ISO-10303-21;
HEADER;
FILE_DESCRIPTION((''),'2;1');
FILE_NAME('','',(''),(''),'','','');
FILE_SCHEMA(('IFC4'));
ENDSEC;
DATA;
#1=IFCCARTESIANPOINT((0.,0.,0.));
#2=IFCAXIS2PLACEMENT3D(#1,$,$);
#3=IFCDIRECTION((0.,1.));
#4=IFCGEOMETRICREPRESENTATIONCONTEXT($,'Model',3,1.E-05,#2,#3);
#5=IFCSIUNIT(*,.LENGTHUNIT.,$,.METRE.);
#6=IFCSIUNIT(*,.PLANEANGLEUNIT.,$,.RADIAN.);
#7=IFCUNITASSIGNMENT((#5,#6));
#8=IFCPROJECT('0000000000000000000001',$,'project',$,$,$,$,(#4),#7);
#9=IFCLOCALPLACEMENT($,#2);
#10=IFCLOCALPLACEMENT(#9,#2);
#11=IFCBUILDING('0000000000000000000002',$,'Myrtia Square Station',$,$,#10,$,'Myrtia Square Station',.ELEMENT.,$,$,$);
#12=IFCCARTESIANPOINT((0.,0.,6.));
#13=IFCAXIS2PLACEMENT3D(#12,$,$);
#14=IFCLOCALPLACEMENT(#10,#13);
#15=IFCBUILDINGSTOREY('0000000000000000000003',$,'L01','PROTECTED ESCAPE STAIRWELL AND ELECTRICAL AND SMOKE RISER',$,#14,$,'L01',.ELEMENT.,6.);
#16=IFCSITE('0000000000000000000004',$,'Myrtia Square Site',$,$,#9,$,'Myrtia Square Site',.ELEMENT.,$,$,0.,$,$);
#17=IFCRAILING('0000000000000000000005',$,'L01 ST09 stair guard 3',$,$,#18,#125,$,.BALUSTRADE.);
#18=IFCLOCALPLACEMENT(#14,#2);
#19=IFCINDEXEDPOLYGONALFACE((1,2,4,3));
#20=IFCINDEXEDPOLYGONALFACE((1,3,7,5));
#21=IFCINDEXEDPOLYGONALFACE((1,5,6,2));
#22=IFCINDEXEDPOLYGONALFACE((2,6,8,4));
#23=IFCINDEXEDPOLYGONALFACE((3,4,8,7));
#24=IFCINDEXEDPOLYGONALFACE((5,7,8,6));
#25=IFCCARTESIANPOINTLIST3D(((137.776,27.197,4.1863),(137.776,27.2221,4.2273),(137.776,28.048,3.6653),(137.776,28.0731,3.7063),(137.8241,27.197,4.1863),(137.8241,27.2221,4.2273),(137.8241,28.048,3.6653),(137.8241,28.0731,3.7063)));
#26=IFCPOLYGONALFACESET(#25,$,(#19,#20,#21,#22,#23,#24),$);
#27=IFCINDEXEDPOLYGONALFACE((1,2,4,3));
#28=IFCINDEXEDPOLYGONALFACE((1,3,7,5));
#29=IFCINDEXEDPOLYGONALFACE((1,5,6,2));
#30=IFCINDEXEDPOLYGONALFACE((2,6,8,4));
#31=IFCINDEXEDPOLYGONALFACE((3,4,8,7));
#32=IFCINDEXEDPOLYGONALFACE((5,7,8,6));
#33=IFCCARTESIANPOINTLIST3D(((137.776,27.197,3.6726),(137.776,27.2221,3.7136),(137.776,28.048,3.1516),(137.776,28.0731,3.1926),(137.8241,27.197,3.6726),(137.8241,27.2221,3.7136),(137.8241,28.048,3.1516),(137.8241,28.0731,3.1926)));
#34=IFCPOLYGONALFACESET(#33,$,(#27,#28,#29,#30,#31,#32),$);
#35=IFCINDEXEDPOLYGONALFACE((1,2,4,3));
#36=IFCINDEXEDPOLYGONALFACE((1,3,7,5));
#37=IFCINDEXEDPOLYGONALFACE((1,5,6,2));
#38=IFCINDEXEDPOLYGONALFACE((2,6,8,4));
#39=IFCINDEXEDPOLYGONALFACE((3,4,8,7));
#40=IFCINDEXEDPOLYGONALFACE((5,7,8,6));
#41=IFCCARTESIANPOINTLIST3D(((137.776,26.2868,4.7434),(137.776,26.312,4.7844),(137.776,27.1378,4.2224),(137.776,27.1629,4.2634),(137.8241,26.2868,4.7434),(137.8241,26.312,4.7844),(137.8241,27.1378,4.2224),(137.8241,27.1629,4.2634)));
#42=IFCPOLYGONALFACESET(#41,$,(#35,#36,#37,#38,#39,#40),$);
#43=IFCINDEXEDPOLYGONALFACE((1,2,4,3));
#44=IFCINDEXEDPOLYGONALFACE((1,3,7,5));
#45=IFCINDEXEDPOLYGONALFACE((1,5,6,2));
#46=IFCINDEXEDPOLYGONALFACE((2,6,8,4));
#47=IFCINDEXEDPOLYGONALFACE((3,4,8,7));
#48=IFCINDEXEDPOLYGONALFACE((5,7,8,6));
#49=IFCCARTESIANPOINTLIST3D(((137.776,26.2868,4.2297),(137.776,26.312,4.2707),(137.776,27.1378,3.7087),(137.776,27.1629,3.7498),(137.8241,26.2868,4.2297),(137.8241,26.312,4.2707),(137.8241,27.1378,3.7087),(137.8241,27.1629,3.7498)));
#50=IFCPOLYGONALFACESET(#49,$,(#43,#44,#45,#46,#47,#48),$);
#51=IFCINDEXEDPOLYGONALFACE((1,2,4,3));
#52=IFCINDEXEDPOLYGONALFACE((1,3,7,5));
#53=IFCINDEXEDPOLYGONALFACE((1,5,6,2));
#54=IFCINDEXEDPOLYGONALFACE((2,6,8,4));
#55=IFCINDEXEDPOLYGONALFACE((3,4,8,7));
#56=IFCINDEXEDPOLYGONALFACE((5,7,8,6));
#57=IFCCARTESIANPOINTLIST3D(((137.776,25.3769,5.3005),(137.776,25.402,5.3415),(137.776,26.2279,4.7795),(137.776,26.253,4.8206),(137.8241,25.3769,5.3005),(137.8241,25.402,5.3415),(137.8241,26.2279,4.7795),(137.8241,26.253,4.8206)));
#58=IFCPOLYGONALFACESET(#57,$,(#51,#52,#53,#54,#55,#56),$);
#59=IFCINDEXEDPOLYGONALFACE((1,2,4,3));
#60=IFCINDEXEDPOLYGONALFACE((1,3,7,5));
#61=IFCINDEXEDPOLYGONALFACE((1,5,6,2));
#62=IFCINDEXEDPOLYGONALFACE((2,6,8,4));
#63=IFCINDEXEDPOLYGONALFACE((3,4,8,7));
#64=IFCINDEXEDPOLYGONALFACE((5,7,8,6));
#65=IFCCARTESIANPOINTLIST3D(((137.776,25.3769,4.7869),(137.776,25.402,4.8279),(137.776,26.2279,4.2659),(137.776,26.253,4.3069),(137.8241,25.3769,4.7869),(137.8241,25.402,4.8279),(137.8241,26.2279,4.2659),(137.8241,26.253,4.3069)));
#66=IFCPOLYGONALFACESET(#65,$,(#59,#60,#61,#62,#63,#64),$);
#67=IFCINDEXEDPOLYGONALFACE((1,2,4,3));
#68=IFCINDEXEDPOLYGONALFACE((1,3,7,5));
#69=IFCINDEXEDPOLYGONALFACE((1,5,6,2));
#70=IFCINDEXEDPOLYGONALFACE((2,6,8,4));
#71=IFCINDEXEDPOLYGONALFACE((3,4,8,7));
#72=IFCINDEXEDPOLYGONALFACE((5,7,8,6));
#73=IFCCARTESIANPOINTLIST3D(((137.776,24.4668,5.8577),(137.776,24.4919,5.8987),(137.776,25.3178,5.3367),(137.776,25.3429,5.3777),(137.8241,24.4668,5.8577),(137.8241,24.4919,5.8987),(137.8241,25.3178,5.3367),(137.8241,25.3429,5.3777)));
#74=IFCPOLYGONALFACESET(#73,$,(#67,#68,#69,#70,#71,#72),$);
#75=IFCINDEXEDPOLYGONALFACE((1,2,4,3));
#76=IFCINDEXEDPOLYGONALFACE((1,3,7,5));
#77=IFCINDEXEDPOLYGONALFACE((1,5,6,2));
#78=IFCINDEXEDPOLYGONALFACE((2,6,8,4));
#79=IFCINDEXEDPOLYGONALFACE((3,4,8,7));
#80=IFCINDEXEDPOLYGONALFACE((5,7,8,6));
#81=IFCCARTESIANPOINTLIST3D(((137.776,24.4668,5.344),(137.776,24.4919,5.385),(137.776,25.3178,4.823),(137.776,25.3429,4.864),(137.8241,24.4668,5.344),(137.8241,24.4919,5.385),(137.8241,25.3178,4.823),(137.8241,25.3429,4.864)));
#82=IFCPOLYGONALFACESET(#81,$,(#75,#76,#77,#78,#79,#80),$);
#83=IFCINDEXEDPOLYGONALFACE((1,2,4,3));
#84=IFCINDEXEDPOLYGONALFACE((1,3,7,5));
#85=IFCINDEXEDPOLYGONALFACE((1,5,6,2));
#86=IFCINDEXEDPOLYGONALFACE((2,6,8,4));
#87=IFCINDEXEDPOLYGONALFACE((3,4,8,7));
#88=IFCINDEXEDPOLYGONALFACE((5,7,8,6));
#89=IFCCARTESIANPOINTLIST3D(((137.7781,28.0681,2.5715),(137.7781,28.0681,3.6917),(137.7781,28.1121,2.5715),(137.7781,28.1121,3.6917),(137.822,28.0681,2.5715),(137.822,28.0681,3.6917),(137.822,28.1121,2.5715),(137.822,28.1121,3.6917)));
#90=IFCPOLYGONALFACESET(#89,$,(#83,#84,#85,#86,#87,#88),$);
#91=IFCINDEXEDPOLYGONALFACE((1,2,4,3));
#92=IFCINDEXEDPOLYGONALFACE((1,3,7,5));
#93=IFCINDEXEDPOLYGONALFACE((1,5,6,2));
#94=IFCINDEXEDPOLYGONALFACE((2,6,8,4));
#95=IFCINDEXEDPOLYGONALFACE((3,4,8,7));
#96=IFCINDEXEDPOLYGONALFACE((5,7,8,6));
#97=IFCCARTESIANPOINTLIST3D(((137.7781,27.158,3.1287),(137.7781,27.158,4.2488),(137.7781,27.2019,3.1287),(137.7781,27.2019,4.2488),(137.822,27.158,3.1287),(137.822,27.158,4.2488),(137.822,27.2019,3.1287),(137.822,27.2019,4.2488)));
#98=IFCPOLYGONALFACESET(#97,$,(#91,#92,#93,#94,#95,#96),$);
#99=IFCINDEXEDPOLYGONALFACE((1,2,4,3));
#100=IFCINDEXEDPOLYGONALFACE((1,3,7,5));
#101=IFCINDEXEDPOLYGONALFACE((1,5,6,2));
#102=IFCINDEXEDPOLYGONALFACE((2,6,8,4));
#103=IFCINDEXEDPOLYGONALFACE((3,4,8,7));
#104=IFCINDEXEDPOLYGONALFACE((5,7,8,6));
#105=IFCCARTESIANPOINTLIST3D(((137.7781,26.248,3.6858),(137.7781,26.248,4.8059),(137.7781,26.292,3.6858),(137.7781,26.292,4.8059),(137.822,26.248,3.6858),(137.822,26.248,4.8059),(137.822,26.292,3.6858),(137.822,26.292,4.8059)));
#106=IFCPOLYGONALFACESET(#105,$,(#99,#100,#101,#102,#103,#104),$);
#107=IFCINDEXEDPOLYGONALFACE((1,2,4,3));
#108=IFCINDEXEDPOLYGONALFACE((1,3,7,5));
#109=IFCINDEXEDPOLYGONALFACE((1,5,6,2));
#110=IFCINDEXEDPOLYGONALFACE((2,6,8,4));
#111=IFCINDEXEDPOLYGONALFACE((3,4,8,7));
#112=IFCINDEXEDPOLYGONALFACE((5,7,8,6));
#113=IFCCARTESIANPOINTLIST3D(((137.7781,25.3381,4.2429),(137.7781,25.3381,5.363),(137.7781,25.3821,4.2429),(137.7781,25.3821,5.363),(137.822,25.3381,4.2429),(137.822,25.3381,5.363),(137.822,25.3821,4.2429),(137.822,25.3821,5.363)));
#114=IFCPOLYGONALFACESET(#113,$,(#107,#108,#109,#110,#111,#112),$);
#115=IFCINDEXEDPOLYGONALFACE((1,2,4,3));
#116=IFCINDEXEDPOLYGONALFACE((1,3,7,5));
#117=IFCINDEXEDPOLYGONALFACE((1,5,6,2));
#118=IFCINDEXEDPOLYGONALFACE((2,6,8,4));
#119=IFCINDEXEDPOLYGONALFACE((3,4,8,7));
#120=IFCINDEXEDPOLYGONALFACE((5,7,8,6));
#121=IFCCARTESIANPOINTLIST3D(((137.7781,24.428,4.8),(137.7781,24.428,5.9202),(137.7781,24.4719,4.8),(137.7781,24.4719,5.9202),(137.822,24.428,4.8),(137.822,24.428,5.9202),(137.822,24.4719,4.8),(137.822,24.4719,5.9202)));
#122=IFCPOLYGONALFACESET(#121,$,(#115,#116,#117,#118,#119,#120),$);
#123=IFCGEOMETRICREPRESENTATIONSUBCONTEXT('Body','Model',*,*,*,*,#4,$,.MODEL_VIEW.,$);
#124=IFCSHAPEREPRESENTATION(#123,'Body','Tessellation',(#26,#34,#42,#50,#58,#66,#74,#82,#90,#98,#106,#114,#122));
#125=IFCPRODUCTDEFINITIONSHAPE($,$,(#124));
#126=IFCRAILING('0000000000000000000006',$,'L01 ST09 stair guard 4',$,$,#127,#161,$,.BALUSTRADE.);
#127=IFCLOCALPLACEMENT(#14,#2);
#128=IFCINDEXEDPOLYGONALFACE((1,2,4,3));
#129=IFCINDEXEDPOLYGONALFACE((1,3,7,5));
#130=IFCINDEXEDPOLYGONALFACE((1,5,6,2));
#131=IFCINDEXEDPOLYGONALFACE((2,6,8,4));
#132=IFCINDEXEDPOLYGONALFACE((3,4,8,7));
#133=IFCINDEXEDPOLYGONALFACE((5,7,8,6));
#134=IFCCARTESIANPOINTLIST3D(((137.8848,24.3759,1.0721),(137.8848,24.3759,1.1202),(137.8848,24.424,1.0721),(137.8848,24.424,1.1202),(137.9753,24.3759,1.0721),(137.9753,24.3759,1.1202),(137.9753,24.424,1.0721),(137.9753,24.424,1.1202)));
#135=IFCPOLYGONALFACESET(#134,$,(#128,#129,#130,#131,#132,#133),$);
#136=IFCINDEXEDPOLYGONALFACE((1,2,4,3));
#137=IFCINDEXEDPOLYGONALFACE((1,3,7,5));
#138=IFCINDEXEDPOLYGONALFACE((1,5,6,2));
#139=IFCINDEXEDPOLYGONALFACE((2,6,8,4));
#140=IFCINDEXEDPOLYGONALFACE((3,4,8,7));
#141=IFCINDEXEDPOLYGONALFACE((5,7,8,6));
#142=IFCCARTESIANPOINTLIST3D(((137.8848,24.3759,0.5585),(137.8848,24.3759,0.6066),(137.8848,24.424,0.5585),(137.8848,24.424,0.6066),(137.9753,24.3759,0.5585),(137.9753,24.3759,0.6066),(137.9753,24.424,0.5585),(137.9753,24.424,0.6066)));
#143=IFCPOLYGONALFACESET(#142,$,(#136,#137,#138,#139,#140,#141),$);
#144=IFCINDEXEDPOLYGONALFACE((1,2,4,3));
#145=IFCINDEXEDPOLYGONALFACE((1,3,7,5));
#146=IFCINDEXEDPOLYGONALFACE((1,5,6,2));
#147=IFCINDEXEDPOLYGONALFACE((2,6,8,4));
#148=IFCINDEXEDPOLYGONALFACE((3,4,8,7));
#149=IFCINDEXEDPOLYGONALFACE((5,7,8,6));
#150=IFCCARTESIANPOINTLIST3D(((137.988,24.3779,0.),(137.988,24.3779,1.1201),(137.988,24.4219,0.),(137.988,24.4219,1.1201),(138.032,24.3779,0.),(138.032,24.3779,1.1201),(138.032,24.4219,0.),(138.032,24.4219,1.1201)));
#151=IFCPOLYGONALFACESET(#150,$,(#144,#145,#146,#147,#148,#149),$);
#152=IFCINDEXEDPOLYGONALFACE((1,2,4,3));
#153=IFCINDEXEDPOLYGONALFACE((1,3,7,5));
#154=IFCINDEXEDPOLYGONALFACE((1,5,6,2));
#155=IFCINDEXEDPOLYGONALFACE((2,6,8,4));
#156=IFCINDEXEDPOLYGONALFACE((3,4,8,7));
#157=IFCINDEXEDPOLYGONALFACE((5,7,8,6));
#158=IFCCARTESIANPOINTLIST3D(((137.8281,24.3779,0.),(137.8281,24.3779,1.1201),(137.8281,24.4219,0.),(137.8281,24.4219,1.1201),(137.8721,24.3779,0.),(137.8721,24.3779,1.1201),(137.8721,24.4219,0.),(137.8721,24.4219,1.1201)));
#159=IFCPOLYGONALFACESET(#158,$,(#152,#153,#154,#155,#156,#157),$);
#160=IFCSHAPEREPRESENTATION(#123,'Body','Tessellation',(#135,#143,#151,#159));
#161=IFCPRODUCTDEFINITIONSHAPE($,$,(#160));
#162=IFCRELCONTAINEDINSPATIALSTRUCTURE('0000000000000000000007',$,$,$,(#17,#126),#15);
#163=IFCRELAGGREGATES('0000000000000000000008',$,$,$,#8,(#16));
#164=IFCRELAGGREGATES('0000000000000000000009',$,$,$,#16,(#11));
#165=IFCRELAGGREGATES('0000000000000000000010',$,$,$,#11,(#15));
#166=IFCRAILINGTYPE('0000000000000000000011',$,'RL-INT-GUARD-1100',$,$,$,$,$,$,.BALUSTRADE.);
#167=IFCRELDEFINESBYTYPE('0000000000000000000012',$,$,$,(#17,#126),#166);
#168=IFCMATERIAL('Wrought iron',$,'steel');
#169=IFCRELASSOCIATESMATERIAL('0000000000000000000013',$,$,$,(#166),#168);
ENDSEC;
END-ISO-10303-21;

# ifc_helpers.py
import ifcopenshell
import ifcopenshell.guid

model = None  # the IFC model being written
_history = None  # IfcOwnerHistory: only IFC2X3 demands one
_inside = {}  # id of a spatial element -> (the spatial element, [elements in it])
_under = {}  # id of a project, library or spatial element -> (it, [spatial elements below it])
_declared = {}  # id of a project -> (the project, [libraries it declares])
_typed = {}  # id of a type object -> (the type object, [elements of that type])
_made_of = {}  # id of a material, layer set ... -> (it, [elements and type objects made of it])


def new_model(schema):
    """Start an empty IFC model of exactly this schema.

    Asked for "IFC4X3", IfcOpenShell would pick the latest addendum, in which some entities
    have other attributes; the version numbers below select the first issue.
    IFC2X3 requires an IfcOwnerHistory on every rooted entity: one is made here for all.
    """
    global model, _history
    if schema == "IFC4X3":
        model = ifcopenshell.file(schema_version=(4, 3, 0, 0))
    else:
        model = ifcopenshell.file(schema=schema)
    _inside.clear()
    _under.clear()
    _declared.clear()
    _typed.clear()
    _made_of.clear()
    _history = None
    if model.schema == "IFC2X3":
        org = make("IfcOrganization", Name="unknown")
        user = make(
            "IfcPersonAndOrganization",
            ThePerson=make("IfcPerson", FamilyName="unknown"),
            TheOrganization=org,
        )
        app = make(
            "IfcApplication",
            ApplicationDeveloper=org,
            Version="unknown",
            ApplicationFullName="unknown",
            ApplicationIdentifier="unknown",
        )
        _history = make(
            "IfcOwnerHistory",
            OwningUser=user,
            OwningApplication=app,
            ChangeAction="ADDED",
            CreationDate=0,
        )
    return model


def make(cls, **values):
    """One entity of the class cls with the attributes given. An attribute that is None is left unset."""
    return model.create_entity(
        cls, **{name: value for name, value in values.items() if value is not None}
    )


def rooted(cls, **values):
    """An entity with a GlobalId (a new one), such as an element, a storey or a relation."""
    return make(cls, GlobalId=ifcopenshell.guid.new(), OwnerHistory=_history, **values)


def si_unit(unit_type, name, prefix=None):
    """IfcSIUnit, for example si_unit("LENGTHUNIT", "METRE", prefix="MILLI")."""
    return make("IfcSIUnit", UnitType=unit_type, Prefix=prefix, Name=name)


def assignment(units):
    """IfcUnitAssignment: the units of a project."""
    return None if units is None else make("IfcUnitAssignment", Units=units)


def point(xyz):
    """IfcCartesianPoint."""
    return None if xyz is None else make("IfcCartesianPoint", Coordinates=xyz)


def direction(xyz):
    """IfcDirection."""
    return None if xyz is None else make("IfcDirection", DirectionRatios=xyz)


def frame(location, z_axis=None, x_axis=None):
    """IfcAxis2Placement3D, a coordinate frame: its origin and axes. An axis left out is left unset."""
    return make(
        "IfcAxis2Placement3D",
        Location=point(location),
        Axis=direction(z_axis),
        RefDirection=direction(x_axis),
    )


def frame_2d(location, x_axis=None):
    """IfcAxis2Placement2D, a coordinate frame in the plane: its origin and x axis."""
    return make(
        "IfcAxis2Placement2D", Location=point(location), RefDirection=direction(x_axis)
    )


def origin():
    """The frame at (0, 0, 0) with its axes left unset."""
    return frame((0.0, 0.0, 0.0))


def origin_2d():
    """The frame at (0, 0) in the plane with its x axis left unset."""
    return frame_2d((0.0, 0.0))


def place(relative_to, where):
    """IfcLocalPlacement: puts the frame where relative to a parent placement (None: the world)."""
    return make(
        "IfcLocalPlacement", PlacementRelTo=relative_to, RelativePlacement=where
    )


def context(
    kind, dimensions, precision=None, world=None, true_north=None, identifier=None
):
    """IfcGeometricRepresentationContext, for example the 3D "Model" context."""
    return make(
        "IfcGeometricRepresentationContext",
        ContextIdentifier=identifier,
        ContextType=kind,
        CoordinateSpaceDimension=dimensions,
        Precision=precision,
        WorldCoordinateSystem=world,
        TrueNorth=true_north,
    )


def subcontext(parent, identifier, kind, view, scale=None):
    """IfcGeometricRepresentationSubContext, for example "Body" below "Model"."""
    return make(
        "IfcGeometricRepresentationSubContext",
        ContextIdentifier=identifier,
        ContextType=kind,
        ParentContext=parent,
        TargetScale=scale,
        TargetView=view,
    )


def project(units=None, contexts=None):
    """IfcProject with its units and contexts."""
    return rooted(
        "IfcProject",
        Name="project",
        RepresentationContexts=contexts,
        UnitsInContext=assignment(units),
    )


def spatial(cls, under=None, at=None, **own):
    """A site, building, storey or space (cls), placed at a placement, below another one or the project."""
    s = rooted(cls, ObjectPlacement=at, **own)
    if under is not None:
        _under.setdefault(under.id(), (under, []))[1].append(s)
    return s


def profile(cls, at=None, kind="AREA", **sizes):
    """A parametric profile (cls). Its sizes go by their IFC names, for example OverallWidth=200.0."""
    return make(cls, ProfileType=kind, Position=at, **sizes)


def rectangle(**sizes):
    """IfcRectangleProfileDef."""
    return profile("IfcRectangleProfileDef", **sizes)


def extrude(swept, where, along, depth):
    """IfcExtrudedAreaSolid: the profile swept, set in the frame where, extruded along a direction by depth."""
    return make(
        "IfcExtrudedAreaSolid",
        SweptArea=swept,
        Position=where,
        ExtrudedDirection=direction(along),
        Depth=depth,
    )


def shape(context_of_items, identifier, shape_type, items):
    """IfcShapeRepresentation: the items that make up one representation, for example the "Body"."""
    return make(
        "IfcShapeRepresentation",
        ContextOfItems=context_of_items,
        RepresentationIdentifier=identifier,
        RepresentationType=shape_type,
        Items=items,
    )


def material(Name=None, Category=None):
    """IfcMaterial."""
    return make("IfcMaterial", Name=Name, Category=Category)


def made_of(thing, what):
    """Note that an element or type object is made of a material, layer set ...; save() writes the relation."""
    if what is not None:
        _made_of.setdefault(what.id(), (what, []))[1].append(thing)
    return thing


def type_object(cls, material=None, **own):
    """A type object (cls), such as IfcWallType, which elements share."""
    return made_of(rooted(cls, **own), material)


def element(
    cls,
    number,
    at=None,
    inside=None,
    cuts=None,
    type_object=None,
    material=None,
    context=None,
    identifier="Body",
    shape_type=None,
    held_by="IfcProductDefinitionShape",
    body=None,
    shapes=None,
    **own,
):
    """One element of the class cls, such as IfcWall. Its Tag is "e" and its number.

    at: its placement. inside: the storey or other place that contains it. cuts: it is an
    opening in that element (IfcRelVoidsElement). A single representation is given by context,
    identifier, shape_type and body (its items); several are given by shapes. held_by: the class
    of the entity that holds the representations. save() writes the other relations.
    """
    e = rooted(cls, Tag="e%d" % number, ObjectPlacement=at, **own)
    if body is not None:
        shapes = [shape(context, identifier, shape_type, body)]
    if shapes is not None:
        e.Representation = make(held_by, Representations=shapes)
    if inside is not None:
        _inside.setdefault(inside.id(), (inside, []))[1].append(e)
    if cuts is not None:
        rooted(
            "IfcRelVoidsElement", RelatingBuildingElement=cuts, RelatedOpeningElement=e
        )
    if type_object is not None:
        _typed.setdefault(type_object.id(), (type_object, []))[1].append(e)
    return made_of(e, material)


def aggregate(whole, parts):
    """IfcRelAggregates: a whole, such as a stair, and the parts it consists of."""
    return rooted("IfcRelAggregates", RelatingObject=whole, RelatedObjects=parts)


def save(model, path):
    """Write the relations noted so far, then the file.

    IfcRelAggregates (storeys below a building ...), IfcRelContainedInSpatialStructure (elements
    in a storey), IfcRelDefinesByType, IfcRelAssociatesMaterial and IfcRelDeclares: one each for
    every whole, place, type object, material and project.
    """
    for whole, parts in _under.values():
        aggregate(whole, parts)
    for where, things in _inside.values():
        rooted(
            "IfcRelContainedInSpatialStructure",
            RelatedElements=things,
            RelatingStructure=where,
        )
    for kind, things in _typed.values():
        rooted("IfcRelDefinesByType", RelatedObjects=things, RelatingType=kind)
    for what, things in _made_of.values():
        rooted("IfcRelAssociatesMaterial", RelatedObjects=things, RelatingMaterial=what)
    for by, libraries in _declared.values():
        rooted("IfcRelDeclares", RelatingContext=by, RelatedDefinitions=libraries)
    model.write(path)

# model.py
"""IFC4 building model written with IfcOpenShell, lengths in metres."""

from ifc_helpers import new_model, si_unit, direction, frame, origin, origin_2d, place, context, subcontext, project, spatial, rectangle, extrude, material, type_object, element, save


model = new_model("IFC4")

# Units and contexts
model_context = context("Model", 3, precision=1e-05, world=origin(), true_north=direction((0.0, 1.0)))
body_context = subcontext(model_context, "Body", "Model", "MODEL_VIEW")
ifc_project = project(units=[si_unit("LENGTHUNIT", "METRE"), si_unit("PLANEANGLEUNIT", "RADIAN")], contexts=[model_context])

# Site, building, storey
site_placement = place(None, origin())
site = spatial("IfcSite", under=ifc_project, at=site_placement, Name="Myrtia Square Site", LongName="Myrtia Square Site", CompositionType="ELEMENT", RefElevation=0.0)
building_placement = place(site_placement, origin())
building = spatial("IfcBuilding", under=site, at=building_placement, Name="Myrtia Square Station", LongName="Myrtia Square Station", CompositionType="ELEMENT")
storey_placement = place(building_placement, frame((0.0, 0.0, 6.0)))
storey = spatial("IfcBuildingStorey", under=building, at=storey_placement, Name="L01", Description="PROTECTED ESCAPE STAIRWELL AND ELECTRICAL AND SMOKE RISER", LongName="L01", CompositionType="ELEMENT", Elevation=6.0)

# Railings
ifc_material_1 = material(Name="Wrought iron", Category="steel")
railing_type_1 = type_object("IfcRailingType", Name="RL-INT-GUARD-1100", PredefinedType="BALUSTRADE", material=ifc_material_1)
railing_1_placement = place(storey_placement, frame((137.8, 28.0901, 2.5715)))
element("IfcRailing", 1, at=railing_1_placement, inside=storey, type_object=railing_type_1, Name="L01 ST09 stair guard 3", PredefinedType="BALUSTRADE", context=body_context, shape_type="SweptSolid", body=[
    extrude(rectangle(XDim=0.0481, YDim=0.0481, at=origin_2d()), frame((0.0, -0.0295, 1.1143), z_axis=(0.0, -0.852866, 0.52213), x_axis=(1.0, 0.0, 0.0)), (0.0, 0.0, 1.0), 0.9978),
    extrude(rectangle(XDim=0.0481, YDim=0.0481, at=origin_2d()), frame((0.0, -0.0295, 0.6006), z_axis=(0.0, -0.852866, 0.52213), x_axis=(1.0, 0.0, 0.0)), (0.0, 0.0, 1.0), 0.9978),
    extrude(rectangle(XDim=0.0481, YDim=0.0481, at=origin_2d()), frame((0.0, -0.9397, 1.6714), z_axis=(0.0, -0.852866, 0.52213), x_axis=(1.0, 0.0, 0.0)), (0.0, 0.0, 1.0), 0.9978),
    extrude(rectangle(XDim=0.0481, YDim=0.0481, at=origin_2d()), frame((0.0, -0.9397, 1.1577), z_axis=(0.0, -0.852866, 0.52213), x_axis=(1.0, 0.0, 0.0)), (0.0, 0.0, 1.0), 0.9978),
    extrude(rectangle(XDim=0.0481, YDim=0.0481, at=origin_2d()), frame((0.0, -1.8496, 2.2285), z_axis=(0.0, -0.852866, 0.52213), x_axis=(1.0, 0.0, 0.0)), (0.0, 0.0, 1.0), 0.9978),
    extrude(rectangle(XDim=0.0481, YDim=0.0481, at=origin_2d()), frame((0.0, -1.8496, 1.7148), z_axis=(0.0, -0.852866, 0.52213), x_axis=(1.0, 0.0, 0.0)), (0.0, 0.0, 1.0), 0.9978),
    extrude(rectangle(XDim=0.0481, YDim=0.0481, at=origin_2d()), frame((0.0, -2.7598, 2.7856), z_axis=(0.0, -0.852866, 0.52213), x_axis=(1.0, 0.0, 0.0)), (0.0, 0.0, 1.0), 0.9978),
    extrude(rectangle(XDim=0.0481, YDim=0.0481, at=origin_2d()), frame((0.0, -2.7598, 2.272), z_axis=(0.0, -0.852866, 0.52213), x_axis=(1.0, 0.0, 0.0)), (0.0, 0.0, 1.0), 0.9978),
    extrude(rectangle(XDim=0.0439, YDim=0.0439, at=origin_2d()), origin(), (0.0, 0.0, 1.0), 1.1201),
    extrude(rectangle(XDim=0.0439, YDim=0.0439, at=origin_2d()), frame((0.0, -0.9102, 0.5571)), (0.0, 0.0, 1.0), 1.1201),
    extrude(rectangle(XDim=0.0439, YDim=0.0439, at=origin_2d()), frame((0.0, -1.8201, 1.1143)), (0.0, 0.0, 1.0), 1.1201),
    extrude(rectangle(XDim=0.0439, YDim=0.0439, at=origin_2d()), frame((0.0, -2.73, 1.6714)), (0.0, 0.0, 1.0), 1.1201),
    extrude(rectangle(XDim=0.0439, YDim=0.0439, at=origin_2d()), frame((0.0, -3.6401, 2.2285)), (0.0, 0.0, 1.0), 1.1201),
])
railing_2_placement = place(storey_placement, frame((138.01, 24.3999, 0.0)))
element("IfcRailing", 2, at=railing_2_placement, inside=storey, type_object=railing_type_1, Name="L01 ST09 stair guard 4", PredefinedType="BALUSTRADE", context=body_context, shape_type="SweptSolid", body=[
    extrude(rectangle(XDim=0.0481, YDim=0.0481, at=origin_2d()), frame((-0.0347, 0.0, 1.0962), z_axis=(-1.0, 0.0, 0.0), x_axis=(0.0, -1.0, 0.0)), (0.0, 0.0, 1.0), 0.0906),
    extrude(rectangle(XDim=0.0481, YDim=0.0481, at=origin_2d()), frame((-0.0347, 0.0, 0.5825), z_axis=(-1.0, 0.0, 0.0), x_axis=(0.0, -1.0, 0.0)), (0.0, 0.0, 1.0), 0.0906),
    extrude(rectangle(XDim=0.0439, YDim=0.0439, at=origin_2d()), origin(), (0.0, 0.0, 1.0), 1.1201),
    extrude(rectangle(XDim=0.0439, YDim=0.0439, at=origin_2d()), frame((-0.1599, 0.0, 0.0)), (0.0, 0.0, 1.0), 1.1201),
])

save(model, "model.ifc")
